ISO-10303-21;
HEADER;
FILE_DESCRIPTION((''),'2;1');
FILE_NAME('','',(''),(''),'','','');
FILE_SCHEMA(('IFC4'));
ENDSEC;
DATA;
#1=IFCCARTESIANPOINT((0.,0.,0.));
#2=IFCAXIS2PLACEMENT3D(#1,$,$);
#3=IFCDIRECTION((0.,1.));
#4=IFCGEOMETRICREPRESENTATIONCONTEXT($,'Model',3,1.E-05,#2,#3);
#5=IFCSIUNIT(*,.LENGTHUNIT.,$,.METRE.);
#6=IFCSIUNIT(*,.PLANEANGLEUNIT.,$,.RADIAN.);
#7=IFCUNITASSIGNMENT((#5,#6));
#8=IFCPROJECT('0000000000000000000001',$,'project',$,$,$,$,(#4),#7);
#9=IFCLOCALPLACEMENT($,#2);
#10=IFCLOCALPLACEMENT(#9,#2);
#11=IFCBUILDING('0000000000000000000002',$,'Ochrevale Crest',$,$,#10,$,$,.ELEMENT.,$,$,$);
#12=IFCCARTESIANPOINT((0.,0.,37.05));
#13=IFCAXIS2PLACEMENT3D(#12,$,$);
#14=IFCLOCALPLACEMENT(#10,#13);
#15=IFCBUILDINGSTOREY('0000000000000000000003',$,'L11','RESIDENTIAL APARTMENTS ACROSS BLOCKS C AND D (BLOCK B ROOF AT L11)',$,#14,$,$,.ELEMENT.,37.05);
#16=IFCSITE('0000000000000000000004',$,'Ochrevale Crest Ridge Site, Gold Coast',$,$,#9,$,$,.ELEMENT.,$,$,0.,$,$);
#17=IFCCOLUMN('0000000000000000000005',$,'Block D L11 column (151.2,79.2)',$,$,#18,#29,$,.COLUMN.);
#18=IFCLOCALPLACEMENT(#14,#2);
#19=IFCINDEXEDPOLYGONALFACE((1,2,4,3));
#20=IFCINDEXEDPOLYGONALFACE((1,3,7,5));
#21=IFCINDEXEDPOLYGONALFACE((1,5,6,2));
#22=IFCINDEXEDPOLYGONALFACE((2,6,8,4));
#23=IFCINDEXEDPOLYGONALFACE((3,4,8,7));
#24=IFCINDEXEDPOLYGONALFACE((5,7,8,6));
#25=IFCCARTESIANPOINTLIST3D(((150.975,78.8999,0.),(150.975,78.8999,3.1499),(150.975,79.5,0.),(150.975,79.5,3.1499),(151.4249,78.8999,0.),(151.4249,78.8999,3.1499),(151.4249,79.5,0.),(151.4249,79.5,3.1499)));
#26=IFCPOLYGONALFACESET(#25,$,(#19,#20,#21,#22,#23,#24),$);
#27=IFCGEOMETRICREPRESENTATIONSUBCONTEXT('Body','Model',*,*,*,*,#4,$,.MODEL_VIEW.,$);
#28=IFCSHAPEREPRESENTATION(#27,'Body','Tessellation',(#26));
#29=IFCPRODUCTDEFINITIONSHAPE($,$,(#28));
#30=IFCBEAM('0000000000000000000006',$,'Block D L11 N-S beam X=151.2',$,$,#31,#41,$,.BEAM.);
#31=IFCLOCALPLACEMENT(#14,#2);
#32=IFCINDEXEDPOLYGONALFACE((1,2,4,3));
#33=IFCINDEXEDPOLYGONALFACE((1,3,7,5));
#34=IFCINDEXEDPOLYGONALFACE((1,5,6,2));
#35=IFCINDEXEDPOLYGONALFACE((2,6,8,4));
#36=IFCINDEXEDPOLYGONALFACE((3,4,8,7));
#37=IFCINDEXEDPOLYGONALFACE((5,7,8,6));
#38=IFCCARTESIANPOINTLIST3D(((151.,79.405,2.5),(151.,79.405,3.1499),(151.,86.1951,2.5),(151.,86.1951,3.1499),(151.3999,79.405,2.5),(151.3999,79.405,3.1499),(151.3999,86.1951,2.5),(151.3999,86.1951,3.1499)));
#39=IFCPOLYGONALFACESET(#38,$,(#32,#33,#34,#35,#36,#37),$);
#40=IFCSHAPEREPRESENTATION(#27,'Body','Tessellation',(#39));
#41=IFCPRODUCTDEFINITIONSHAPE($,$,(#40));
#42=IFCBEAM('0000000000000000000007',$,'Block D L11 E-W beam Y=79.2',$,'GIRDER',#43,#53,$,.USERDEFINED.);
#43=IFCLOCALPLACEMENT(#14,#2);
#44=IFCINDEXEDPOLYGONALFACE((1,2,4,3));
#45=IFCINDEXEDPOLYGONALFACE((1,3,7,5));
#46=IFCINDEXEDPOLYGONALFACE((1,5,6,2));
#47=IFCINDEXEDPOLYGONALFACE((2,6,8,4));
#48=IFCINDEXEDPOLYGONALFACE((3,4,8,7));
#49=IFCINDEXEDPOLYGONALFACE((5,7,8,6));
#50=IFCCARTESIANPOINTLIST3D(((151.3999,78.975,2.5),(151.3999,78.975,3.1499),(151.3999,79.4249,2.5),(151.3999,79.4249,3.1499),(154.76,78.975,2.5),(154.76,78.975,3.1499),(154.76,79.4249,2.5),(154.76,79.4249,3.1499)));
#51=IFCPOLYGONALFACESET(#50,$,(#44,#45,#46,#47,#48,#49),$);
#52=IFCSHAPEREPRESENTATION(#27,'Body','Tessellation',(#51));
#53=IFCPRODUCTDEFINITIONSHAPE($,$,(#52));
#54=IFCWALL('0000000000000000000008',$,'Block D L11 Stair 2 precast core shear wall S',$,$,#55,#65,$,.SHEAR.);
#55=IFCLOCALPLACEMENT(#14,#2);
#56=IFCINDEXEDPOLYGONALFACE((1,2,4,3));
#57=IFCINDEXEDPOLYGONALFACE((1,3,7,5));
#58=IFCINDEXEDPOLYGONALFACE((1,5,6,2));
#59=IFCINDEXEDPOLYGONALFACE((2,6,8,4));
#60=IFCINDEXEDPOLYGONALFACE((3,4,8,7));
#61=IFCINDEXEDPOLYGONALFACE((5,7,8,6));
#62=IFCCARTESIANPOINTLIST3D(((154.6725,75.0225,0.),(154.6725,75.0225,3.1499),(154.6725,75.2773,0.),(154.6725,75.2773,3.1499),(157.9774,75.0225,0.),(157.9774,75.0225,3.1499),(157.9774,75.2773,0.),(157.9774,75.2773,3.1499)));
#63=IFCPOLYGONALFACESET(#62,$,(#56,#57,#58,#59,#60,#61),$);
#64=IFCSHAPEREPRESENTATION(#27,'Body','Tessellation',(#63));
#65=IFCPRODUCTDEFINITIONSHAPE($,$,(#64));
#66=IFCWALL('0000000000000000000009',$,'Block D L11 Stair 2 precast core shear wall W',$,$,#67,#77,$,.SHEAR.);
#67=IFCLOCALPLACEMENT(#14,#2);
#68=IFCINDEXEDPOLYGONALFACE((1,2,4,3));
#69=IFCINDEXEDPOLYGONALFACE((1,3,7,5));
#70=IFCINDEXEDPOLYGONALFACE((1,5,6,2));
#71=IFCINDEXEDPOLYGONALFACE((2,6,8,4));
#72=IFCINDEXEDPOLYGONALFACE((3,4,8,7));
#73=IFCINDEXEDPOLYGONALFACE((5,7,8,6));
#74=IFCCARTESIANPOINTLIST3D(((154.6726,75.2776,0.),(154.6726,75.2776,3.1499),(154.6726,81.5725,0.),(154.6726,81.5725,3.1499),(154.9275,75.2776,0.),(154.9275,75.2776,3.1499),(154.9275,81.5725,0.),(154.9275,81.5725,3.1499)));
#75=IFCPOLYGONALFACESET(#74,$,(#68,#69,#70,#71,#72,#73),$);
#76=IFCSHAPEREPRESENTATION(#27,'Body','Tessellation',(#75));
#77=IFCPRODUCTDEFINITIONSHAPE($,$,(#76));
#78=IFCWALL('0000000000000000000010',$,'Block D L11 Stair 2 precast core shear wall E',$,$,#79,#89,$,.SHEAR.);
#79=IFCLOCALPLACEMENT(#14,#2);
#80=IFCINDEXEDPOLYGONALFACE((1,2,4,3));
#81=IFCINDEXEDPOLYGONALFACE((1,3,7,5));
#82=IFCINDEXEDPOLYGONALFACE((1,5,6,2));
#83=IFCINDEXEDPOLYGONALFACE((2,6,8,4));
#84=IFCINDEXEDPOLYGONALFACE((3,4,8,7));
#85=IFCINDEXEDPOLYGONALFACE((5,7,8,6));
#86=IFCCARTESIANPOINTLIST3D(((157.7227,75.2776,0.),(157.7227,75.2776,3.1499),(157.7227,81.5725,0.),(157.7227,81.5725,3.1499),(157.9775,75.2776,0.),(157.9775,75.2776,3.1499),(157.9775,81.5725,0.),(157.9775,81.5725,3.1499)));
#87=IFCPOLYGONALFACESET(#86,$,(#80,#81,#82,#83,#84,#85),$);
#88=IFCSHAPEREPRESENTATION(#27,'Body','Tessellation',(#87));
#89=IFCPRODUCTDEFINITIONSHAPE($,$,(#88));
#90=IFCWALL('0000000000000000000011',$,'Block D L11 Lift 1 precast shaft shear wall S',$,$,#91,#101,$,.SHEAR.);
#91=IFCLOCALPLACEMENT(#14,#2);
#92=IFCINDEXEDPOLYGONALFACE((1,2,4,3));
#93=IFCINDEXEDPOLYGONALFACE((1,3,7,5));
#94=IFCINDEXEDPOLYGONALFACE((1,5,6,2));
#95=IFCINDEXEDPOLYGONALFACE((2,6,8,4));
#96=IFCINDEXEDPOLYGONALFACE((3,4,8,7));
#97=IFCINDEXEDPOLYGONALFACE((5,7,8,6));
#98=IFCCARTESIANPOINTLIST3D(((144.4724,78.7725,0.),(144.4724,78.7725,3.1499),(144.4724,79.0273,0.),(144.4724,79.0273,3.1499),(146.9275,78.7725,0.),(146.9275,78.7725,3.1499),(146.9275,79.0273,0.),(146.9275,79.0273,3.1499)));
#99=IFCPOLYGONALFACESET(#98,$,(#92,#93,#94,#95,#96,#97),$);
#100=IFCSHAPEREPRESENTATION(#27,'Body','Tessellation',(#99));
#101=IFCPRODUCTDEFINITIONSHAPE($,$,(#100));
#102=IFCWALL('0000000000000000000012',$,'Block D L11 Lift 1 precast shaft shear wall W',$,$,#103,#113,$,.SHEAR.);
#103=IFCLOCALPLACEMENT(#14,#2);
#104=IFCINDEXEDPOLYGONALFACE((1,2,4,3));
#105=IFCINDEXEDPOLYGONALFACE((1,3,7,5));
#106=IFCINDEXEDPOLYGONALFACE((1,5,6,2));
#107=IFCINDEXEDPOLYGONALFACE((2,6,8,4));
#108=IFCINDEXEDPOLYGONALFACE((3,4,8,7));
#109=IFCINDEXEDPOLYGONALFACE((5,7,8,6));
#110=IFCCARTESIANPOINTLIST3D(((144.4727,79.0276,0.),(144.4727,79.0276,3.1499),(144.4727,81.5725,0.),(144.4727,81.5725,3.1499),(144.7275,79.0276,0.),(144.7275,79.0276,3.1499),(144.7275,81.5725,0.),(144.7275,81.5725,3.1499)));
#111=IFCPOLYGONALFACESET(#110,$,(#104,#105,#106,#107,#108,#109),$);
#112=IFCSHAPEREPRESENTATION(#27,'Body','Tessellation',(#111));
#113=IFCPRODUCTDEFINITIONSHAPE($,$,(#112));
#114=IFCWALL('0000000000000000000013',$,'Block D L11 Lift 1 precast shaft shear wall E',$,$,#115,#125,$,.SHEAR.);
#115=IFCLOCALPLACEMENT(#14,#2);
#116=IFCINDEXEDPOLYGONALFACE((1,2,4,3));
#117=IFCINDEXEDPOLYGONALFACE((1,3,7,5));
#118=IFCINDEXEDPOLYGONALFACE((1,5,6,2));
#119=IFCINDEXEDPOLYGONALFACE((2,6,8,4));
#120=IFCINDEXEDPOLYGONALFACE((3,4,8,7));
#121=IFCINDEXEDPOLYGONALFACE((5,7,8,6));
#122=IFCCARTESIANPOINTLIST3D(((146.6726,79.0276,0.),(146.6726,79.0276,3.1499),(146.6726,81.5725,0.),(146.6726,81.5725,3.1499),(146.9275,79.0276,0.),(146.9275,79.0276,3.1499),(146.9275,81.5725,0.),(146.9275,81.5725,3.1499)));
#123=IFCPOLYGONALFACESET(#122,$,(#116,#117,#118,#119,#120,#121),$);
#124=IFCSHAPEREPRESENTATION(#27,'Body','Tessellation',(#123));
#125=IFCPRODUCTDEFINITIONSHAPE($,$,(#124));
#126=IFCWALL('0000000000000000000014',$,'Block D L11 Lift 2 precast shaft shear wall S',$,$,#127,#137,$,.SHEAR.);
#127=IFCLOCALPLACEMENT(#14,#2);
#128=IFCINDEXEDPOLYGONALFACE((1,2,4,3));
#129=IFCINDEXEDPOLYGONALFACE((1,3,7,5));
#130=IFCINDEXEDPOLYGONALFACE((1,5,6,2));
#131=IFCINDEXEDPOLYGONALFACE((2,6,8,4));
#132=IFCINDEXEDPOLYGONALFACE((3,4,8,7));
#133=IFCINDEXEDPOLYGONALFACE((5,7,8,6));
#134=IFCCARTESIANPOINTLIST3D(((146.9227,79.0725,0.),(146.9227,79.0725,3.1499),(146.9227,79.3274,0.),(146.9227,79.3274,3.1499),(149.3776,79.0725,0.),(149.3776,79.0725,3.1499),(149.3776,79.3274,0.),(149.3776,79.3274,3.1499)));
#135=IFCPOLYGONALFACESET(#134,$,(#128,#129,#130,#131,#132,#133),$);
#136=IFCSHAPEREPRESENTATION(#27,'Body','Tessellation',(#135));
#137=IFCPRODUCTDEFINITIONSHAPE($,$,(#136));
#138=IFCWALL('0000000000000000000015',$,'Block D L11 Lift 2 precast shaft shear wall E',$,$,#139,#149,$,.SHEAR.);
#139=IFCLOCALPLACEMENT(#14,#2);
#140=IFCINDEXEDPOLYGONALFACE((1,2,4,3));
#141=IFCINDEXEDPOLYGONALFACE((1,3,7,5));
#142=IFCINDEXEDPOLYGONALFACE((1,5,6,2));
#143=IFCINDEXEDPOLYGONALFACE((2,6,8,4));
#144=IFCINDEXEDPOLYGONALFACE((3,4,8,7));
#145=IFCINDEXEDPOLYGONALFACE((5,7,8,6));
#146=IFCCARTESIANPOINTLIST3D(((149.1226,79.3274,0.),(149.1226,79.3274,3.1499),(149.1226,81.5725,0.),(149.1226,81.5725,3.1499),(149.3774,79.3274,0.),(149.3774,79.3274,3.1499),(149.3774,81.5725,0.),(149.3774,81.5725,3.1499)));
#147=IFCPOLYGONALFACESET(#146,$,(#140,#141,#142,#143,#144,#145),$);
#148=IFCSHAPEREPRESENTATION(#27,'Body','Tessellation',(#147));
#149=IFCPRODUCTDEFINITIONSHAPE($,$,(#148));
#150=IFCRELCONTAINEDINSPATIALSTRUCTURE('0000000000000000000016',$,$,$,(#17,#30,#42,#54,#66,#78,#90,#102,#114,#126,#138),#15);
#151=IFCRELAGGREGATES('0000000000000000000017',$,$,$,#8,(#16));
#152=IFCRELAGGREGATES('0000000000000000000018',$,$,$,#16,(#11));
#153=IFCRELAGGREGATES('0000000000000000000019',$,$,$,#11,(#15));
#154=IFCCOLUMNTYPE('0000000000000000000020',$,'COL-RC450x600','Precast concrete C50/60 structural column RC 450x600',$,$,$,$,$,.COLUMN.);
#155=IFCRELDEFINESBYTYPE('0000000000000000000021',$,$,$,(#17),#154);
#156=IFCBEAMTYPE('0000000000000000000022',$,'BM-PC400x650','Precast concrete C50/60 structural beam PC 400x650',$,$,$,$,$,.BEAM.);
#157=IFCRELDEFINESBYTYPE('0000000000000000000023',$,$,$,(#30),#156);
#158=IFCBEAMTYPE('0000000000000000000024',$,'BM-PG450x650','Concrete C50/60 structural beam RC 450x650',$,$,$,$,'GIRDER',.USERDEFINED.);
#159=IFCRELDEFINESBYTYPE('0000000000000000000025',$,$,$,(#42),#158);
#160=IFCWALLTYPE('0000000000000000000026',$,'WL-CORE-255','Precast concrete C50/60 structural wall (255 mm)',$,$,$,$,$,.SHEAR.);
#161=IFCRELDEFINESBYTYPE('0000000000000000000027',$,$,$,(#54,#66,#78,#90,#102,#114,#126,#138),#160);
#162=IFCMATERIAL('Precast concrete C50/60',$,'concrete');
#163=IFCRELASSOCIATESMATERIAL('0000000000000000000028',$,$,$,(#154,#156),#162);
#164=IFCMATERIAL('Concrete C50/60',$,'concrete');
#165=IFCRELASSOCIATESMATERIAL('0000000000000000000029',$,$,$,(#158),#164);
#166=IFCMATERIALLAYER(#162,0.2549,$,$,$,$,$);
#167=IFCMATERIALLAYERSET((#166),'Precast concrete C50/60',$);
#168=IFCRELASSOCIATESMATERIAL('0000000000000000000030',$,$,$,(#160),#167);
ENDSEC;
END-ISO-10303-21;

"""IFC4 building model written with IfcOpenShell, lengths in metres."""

from ifc_helpers import new_model, si_unit, direction, frame, frame_2d, origin, origin_2d, place, context, subcontext, project, spatial, rectangle, extrude, material, layer, layer_set, material_profile, profile_set, type_object, element, save


model = new_model("IFC4")

# Units and contexts
model_context = context("Model", 3, precision=1e-05, world=origin(), true_north=direction((0.0, 1.0)))
body_context = subcontext(model_context, "Body", "Model", "MODEL_VIEW")
ifc_project = project(units=[si_unit("LENGTHUNIT", "METRE"), si_unit("PLANEANGLEUNIT", "RADIAN")], contexts=[model_context])

# Site, building, storey
site_placement = place(None, origin())
site = spatial("IfcSite", under=ifc_project, at=site_placement, Name="Ochrevale Crest Ridge Site, Gold Coast", CompositionType="ELEMENT", RefElevation=0.0)
building_placement = place(site_placement, origin())
building = spatial("IfcBuilding", under=site, at=building_placement, Name="Ochrevale Crest", CompositionType="ELEMENT")
storey_placement = place(building_placement, frame((0.0, 0.0, 37.05)))
storey = spatial("IfcBuildingStorey", under=building, at=storey_placement, Name="L11", Description="RESIDENTIAL APARTMENTS ACROSS BLOCKS C AND D (BLOCK B ROOF AT L11)", CompositionType="ELEMENT", Elevation=37.05)

# Column
ifc_material_1 = material(Name="Precast concrete C50/60", Category="concrete")
ifc_material_profile_1 = material_profile(ifc_material_1, rectangle(XDim=0.45, YDim=0.6001, at=origin_2d()), Name="RC 450x600")
ifc_profile_set_1 = profile_set([ifc_material_profile_1], Name="Precast concrete C50/60")
column_type = type_object("IfcColumnType", Name="COL-RC450x600", Description="Precast concrete C50/60 structural column RC 450x600", PredefinedType="COLUMN", material=ifc_profile_set_1)
column_placement = place(storey_placement, frame((151.2, 79.2, 0.0), z_axis=(0.0, 0.0, 1.0), x_axis=(1.0, 0.0, 0.0)))
element("IfcColumn", 1, at=column_placement, inside=storey, type_object=column_type, Name="Block D L11 column (151.2,79.2)", PredefinedType="COLUMN", context=body_context, shape_type="SweptSolid", body=[
    extrude(rectangle(XDim=0.45, YDim=0.6001, at=origin_2d()), origin(), (0.0, 0.0, 1.0), 3.1499),
])

# Beams
ifc_material_profile_2 = material_profile(ifc_material_1, rectangle(XDim=0.3999, YDim=0.6499, at=origin_2d()), Name="PC 400x650")
ifc_profile_set_2 = profile_set([ifc_material_profile_2], Name="Precast concrete C50/60")
beam_type_1 = type_object("IfcBeamType", Name="BM-PC400x650", Description="Precast concrete C50/60 structural beam PC 400x650", PredefinedType="BEAM", material=ifc_profile_set_2)
beam_1_placement = place(storey_placement, frame((151.2, 79.405, 2.825), z_axis=(0.0, 1.0, 0.0), x_axis=(-1.0, 0.0, 0.0)))
element("IfcBeam", 2, at=beam_1_placement, inside=storey, type_object=beam_type_1, Name="Block D L11 N-S beam X=151.2", PredefinedType="BEAM", context=body_context, shape_type="SweptSolid", body=[
    extrude(rectangle(XDim=0.3999, YDim=0.6499, at=origin_2d()), origin(), (0.0, 0.0, 1.0), 6.79),
])
ifc_material_2 = material(Name="Concrete C50/60", Category="concrete")
ifc_material_profile_3 = material_profile(ifc_material_2, rectangle(XDim=0.45, YDim=0.6499, at=origin_2d()), Name="RC 450x650")
ifc_profile_set_3 = profile_set([ifc_material_profile_3], Name="Concrete C50/60")
beam_type_2 = type_object("IfcBeamType", Name="BM-PG450x650", Description="Concrete C50/60 structural beam RC 450x650", ElementType="GIRDER", PredefinedType="USERDEFINED", material=ifc_profile_set_3)
beam_2_placement = place(storey_placement, frame((151.3999, 79.2, 2.825), z_axis=(1.0, 0.0, 0.0), x_axis=(0.0, 1.0, 0.0)))
element("IfcBeam", 3, at=beam_2_placement, inside=storey, type_object=beam_type_2, Name="Block D L11 E-W beam Y=79.2", ObjectType="GIRDER", PredefinedType="USERDEFINED", context=body_context, shape_type="SweptSolid", body=[
    extrude(rectangle(XDim=0.45, YDim=0.6499, at=origin_2d()), origin(), (0.0, 0.0, 1.0), 3.3601),
])

# Walls
ifc_layer_1 = layer(ifc_material_1, 0.2549)
ifc_layer_set_1 = layer_set([ifc_layer_1], Name="Precast concrete C50/60")
wall_type_1 = type_object("IfcWallType", Name="WL-CORE-255", Description="Precast concrete C50/60 structural wall (255 mm)", PredefinedType="SHEAR", material=ifc_layer_set_1)
wall_1_placement = place(storey_placement, frame((154.6726, 75.1499, 0.0), z_axis=(0.0, 0.0, 1.0), x_axis=(1.0, 0.0, 0.0)))
element("IfcWall", 4, at=wall_1_placement, inside=storey, type_object=wall_type_1, Name="Block D L11 Stair 2 precast core shear wall S", PredefinedType="SHEAR", context=body_context, shape_type="SweptSolid", body=[
    extrude(rectangle(XDim=3.3049, YDim=0.2549, at=frame_2d((1.6523, 0.0))), origin(), (0.0, 0.0, 1.0), 3.1499),
])
for number, where, z_axis, x_axis, name in (
    (5, (154.8, 75.2776, 0.0), (0.0, 0.0, 1.0), (0.0, 1.0, 0.0), "Block D L11 Stair 2 precast core shear wall W"),
    (6, (157.8501, 75.2776, 0.0), (0.0, 0.0, 1.0), (0.0, 1.0, 0.0), "Block D L11 Stair 2 precast core shear wall E"),
):
    element("IfcWall", number, at=place(storey_placement, frame(where, z_axis=z_axis, x_axis=x_axis)), inside=storey, type_object=wall_type_1, Name=name, PredefinedType="SHEAR", context=body_context, shape_type="SweptSolid", body=[
        extrude(rectangle(XDim=6.2949, YDim=0.2549, at=frame_2d((3.1475, 0.0))), origin(), (0.0, 0.0, 1.0), 3.1499),
    ])
wall_2_placement = place(storey_placement, frame((144.4724, 78.8999, 0.0), z_axis=(0.0, 0.0, 1.0), x_axis=(1.0, 0.0, 0.0)))
element("IfcWall", 7, at=wall_2_placement, inside=storey, type_object=wall_type_1, Name="Block D L11 Lift 1 precast shaft shear wall S", PredefinedType="SHEAR", context=body_context, shape_type="SweptSolid", body=[
    extrude(rectangle(XDim=2.4551, YDim=0.2549, at=frame_2d((1.2275, 0.0))), origin(), (0.0, 0.0, 1.0), 3.1499),
])
for number, where, z_axis, x_axis, name in (
    (8, (144.6001, 79.0276, 0.0), (0.0, 0.0, 1.0), (0.0, 1.0, 0.0), "Block D L11 Lift 1 precast shaft shear wall W"),
    (9, (146.8, 79.0276, 0.0), (0.0, 0.0, 1.0), (0.0, 1.0, 0.0), "Block D L11 Lift 1 precast shaft shear wall E"),
):
    element("IfcWall", number, at=place(storey_placement, frame(where, z_axis=z_axis, x_axis=x_axis)), inside=storey, type_object=wall_type_1, Name=name, PredefinedType="SHEAR", context=body_context, shape_type="SweptSolid", body=[
        extrude(rectangle(XDim=2.5449, YDim=0.2549, at=frame_2d((1.2725, 0.0))), origin(), (0.0, 0.0, 1.0), 3.1499),
    ])
wall_3_placement = place(storey_placement, frame((146.9226, 79.2, 0.0), z_axis=(0.0, 0.0, 1.0), x_axis=(1.0, 0.0, 0.0)))
element("IfcWall", 10, at=wall_3_placement, inside=storey, type_object=wall_type_1, Name="Block D L11 Lift 2 precast shaft shear wall S", PredefinedType="SHEAR", context=body_context, shape_type="SweptSolid", body=[
    extrude(rectangle(XDim=2.4548, YDim=0.2549, at=frame_2d((1.2275, 0.0))), origin(), (0.0, 0.0, 1.0), 3.1499),
])
wall_4_placement = place(storey_placement, frame((149.25, 79.3274, 0.0), z_axis=(0.0, 0.0, 1.0), x_axis=(0.0, 1.0, 0.0)))
element("IfcWall", 11, at=wall_4_placement, inside=storey, type_object=wall_type_1, Name="Block D L11 Lift 2 precast shaft shear wall E", PredefinedType="SHEAR", context=body_context, shape_type="SweptSolid", body=[
    extrude(rectangle(XDim=2.2451, YDim=0.2549, at=frame_2d((1.1226, 0.0))), origin(), (0.0, 0.0, 1.0), 3.1499),
])

save(model, "model.ifc")
